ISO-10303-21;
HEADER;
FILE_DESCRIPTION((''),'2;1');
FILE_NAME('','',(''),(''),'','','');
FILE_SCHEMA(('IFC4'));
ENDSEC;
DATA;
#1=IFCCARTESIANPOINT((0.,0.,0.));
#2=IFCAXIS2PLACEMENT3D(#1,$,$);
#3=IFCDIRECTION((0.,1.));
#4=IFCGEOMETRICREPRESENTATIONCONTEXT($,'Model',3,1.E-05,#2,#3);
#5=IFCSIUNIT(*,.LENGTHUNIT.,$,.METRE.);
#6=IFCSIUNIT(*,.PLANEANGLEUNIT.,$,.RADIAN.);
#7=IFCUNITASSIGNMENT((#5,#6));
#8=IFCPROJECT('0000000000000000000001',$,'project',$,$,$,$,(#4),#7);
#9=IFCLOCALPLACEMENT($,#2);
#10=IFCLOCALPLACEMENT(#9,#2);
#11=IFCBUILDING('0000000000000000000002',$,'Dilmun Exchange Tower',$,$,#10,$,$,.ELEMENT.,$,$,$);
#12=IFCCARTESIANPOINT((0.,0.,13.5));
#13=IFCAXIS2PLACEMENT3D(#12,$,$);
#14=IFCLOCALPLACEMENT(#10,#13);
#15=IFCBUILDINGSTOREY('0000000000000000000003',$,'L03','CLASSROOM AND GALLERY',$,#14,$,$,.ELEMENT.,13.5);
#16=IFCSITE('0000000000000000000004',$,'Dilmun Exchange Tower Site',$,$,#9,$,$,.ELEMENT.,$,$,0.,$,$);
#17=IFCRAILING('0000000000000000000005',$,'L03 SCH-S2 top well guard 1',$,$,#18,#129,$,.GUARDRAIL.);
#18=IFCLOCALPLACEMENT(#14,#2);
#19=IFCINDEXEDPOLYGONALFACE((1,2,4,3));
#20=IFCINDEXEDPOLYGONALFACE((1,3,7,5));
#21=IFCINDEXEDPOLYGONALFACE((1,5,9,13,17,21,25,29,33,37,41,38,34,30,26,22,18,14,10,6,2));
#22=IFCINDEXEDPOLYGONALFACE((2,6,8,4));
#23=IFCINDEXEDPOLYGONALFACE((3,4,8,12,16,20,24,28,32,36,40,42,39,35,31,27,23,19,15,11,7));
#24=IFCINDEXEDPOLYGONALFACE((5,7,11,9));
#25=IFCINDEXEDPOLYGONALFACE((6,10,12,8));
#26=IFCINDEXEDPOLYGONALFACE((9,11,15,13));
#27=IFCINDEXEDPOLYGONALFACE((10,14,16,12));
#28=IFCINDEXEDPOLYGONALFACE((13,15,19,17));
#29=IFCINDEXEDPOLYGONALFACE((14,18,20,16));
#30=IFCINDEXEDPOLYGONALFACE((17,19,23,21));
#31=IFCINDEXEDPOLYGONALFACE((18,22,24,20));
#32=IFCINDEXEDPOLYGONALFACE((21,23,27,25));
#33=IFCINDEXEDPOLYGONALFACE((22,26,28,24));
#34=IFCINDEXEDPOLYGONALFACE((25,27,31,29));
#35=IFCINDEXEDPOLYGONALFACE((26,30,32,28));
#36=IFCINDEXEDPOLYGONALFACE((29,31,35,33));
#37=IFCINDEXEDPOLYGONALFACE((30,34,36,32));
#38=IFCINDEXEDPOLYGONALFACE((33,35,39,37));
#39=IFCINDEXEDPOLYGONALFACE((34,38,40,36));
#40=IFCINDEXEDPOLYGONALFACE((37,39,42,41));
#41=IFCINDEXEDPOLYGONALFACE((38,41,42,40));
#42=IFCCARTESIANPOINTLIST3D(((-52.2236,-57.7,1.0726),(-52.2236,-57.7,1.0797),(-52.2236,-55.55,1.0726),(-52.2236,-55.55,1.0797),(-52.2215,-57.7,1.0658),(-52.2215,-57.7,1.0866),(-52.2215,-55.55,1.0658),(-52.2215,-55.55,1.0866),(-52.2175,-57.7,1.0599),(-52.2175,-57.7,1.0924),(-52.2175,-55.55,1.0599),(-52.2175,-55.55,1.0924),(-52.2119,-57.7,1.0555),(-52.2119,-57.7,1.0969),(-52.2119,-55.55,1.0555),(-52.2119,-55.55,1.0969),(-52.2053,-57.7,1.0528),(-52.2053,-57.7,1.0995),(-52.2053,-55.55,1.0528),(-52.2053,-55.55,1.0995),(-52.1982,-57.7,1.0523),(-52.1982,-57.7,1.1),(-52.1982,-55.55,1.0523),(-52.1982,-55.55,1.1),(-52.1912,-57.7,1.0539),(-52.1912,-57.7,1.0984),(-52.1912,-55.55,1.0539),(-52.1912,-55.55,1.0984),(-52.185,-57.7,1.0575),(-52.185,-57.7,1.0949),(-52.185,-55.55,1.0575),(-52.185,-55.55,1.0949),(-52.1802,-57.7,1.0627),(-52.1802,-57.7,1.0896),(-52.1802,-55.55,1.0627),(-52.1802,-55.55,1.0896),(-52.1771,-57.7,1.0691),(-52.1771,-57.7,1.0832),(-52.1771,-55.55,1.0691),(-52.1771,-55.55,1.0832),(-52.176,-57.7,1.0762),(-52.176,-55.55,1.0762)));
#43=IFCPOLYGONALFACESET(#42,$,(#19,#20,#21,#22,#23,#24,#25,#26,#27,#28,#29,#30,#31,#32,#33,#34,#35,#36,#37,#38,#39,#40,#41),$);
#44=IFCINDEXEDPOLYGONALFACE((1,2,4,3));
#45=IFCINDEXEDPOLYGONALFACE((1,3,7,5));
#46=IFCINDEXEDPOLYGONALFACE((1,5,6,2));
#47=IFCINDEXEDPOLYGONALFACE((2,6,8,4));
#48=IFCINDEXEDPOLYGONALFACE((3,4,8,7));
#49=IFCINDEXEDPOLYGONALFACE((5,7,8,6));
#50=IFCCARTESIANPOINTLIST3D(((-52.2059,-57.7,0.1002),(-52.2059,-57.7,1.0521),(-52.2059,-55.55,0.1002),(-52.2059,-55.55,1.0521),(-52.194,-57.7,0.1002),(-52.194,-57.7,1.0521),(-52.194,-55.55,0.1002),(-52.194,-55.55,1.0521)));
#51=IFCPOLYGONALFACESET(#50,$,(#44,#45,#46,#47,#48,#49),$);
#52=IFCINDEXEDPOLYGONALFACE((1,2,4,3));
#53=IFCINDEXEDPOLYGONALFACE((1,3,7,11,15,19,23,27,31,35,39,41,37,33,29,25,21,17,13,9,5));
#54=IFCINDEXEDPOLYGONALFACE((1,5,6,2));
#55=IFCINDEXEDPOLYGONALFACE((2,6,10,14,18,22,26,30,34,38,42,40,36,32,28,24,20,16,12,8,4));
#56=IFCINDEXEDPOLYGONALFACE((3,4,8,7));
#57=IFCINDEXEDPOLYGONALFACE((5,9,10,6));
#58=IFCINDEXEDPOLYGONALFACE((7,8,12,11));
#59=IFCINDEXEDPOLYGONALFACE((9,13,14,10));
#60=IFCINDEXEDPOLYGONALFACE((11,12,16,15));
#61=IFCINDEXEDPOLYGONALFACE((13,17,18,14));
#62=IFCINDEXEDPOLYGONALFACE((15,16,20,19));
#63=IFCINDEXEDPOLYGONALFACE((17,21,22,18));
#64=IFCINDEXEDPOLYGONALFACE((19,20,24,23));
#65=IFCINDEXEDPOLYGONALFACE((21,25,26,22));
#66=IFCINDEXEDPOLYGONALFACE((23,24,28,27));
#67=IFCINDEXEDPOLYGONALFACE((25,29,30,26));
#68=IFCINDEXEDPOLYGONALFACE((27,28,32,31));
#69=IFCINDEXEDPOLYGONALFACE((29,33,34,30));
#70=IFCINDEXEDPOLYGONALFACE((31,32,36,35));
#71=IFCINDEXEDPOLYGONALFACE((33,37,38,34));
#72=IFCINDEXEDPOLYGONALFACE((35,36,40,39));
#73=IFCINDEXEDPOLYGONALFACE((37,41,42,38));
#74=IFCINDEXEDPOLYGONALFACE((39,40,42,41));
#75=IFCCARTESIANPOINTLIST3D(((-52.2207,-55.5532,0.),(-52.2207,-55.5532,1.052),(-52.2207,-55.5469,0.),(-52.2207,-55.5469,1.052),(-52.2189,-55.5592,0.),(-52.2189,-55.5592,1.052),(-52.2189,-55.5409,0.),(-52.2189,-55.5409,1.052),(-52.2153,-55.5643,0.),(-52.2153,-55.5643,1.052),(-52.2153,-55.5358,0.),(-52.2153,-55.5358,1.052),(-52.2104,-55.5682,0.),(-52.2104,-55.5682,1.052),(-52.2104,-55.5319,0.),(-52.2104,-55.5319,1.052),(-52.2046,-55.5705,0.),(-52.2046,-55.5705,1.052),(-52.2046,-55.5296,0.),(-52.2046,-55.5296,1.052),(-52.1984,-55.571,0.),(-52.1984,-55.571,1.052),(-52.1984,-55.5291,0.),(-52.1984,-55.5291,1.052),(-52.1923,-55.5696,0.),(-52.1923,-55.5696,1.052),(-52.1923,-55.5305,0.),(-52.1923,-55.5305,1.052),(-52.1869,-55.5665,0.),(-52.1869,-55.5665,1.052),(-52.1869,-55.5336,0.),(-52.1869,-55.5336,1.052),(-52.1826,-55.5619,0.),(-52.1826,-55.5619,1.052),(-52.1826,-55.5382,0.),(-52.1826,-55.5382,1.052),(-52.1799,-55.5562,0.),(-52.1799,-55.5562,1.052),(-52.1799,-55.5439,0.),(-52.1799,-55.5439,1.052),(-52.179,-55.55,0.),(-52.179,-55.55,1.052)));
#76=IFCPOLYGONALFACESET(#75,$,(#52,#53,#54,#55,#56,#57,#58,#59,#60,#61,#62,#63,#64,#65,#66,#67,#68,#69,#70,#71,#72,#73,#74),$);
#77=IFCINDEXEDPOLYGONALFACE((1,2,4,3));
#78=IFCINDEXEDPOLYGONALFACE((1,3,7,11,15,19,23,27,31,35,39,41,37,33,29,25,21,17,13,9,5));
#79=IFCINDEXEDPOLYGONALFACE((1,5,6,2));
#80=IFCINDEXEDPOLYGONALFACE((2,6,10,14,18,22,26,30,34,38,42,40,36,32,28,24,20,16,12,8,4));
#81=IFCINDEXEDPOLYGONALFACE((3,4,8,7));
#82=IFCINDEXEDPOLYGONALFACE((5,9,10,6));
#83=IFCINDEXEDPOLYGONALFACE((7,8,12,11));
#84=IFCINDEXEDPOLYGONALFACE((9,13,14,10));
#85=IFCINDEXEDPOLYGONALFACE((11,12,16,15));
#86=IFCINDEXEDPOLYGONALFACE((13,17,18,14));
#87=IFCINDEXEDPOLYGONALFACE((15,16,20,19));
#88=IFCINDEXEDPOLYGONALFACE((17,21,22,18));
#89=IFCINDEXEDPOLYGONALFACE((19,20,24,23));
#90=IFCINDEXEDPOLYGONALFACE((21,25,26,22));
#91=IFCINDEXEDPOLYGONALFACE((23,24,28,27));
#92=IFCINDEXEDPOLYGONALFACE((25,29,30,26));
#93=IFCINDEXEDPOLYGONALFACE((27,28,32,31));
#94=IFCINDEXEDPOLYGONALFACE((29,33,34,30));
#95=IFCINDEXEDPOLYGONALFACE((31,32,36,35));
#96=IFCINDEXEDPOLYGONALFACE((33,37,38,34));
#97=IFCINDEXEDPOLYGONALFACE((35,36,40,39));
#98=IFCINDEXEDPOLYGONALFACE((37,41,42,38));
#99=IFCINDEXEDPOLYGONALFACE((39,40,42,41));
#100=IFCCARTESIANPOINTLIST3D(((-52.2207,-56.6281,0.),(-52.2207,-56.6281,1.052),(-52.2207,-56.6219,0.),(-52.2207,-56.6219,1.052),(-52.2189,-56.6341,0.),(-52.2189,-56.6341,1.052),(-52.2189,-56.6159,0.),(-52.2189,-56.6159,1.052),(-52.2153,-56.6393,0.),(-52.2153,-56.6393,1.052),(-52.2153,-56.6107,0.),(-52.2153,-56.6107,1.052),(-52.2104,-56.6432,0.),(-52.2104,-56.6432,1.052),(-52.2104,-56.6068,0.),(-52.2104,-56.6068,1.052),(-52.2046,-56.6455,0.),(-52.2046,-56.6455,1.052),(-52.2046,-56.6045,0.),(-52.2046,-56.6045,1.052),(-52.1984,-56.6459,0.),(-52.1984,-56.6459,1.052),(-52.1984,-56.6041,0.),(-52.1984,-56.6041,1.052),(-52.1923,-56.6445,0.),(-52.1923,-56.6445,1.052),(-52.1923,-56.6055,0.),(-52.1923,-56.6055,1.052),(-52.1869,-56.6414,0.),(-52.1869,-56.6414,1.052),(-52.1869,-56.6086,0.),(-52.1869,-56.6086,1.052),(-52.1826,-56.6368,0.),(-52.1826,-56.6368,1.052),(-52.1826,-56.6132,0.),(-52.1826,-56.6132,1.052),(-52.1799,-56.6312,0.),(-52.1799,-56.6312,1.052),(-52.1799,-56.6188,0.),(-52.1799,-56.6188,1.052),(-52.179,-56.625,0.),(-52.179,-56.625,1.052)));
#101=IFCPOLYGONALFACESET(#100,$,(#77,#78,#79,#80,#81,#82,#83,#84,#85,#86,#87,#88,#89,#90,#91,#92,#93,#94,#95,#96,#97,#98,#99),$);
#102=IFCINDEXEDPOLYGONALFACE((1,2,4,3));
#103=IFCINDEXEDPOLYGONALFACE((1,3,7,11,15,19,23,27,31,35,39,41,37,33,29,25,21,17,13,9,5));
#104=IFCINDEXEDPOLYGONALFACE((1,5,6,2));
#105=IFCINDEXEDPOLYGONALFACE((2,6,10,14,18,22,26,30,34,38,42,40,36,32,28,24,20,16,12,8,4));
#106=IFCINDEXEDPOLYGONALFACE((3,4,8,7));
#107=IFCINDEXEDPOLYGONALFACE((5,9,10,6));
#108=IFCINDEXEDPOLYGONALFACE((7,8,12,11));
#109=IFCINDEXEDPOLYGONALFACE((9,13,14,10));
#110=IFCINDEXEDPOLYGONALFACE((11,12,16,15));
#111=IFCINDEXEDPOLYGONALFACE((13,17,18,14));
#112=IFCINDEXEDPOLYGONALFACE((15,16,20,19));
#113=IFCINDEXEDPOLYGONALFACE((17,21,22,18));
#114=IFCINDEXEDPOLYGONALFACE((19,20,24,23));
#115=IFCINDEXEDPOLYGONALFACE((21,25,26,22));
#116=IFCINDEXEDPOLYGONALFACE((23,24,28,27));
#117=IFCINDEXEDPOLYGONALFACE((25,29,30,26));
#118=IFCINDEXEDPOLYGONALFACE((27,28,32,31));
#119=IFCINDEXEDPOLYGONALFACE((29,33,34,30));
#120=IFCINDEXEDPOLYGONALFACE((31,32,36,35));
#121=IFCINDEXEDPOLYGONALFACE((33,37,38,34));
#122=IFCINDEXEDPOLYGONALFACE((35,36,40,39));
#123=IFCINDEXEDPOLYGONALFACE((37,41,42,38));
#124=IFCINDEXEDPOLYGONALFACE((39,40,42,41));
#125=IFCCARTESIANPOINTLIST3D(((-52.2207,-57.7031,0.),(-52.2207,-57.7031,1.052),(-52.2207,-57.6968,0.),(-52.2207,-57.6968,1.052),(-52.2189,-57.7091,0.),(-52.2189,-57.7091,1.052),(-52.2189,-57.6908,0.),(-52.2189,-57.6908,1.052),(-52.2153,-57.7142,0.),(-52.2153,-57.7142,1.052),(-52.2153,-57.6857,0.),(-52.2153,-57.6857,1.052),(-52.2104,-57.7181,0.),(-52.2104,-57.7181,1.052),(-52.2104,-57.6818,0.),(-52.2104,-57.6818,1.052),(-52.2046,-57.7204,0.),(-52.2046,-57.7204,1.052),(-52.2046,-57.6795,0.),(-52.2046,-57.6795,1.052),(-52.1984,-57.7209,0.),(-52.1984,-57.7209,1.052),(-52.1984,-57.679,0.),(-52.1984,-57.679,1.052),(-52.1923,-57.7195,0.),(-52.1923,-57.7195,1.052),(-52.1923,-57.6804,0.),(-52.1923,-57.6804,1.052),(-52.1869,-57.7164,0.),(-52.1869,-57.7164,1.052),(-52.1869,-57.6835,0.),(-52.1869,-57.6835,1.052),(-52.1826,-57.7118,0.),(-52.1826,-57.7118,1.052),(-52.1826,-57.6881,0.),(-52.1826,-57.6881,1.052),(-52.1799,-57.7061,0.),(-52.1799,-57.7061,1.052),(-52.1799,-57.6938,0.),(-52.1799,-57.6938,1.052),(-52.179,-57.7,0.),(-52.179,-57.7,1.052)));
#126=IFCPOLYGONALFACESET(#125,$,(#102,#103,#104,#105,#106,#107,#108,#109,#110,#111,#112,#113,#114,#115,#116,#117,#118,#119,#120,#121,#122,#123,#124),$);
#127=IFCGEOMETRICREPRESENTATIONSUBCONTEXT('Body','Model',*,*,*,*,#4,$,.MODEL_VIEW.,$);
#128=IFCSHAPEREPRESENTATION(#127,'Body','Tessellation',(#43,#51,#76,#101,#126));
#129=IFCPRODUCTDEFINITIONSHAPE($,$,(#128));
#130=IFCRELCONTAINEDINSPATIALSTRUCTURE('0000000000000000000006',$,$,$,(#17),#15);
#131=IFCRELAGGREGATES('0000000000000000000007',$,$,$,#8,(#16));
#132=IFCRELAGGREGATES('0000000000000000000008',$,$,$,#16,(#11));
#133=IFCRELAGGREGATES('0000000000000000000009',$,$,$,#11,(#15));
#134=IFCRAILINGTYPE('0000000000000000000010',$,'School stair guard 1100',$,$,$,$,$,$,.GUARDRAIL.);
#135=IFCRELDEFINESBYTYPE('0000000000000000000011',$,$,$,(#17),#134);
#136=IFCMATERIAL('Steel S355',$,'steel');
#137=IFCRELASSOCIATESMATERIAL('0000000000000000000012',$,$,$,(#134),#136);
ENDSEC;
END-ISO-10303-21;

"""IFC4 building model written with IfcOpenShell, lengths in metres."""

from ifc_helpers import new_model, si_unit, direction, frame, origin, origin_2d, place, context, subcontext, project, spatial, rectangle, circle, extrude, material, type_object, element, save


model = new_model("IFC4")

# Units and contexts
model_context = context("Model", 3, precision=1e-05, world=origin(), true_north=direction((0.0, 1.0)))
body_context = subcontext(model_context, "Body", "Model", "MODEL_VIEW")
ifc_project = project(units=[si_unit("LENGTHUNIT", "METRE"), si_unit("PLANEANGLEUNIT", "RADIAN")], contexts=[model_context])

# Site, building, storey
site_placement = place(None, origin())
site = spatial("IfcSite", under=ifc_project, at=site_placement, Name="Dilmun Exchange Tower Site", CompositionType="ELEMENT", RefElevation=0.0)
building_placement = place(site_placement, origin())
building = spatial("IfcBuilding", under=site, at=building_placement, Name="Dilmun Exchange Tower", CompositionType="ELEMENT")
storey_placement = place(building_placement, frame((0.0, 0.0, 13.5)))
storey = spatial("IfcBuildingStorey", under=building, at=storey_placement, Name="L03", Description="CLASSROOM AND GALLERY", CompositionType="ELEMENT", Elevation=13.5)

# Railing
ifc_material_1 = material(Name="Steel S355", Category="steel")
railing_type = type_object("IfcRailingType", Name="School stair guard 1100", PredefinedType="GUARDRAIL", material=ifc_material_1)
railing_placement = place(storey_placement, frame((-52.2, -55.55, 0.0)))
element("IfcRailing", 1, at=railing_placement, inside=storey, type_object=railing_type, Name="L03 SCH-S2 top well guard 1", PredefinedType="GUARDRAIL", context=body_context, shape_type="SweptSolid", body=[
    extrude(circle(Radius=0.0239, at=origin_2d()), frame((0.0, 0.0, 1.0762), z_axis=(0.0, -1.0, 0.0), x_axis=(1.0, 0.0, 0.0)), (0.0, 0.0, 1.0), 2.1499),
    extrude(rectangle(XDim=0.012, YDim=0.9519, at=origin_2d()), frame((0.0, 0.0, 0.5762), z_axis=(0.0, -1.0, 0.0), x_axis=(1.0, 0.0, 0.0)), (0.0, 0.0, 1.0), 2.1499),
    extrude(circle(Radius=0.021, at=origin_2d()), origin(), (0.0, 0.0, 1.0), 1.052),
    extrude(circle(Radius=0.021, at=origin_2d()), frame((0.0, -1.075, 0.0)), (0.0, 0.0, 1.0), 1.052),
    extrude(circle(Radius=0.021, at=origin_2d()), frame((0.0, -2.1499, 0.0)), (0.0, 0.0, 1.0), 1.052),
])

save(model, "model.ifc")
